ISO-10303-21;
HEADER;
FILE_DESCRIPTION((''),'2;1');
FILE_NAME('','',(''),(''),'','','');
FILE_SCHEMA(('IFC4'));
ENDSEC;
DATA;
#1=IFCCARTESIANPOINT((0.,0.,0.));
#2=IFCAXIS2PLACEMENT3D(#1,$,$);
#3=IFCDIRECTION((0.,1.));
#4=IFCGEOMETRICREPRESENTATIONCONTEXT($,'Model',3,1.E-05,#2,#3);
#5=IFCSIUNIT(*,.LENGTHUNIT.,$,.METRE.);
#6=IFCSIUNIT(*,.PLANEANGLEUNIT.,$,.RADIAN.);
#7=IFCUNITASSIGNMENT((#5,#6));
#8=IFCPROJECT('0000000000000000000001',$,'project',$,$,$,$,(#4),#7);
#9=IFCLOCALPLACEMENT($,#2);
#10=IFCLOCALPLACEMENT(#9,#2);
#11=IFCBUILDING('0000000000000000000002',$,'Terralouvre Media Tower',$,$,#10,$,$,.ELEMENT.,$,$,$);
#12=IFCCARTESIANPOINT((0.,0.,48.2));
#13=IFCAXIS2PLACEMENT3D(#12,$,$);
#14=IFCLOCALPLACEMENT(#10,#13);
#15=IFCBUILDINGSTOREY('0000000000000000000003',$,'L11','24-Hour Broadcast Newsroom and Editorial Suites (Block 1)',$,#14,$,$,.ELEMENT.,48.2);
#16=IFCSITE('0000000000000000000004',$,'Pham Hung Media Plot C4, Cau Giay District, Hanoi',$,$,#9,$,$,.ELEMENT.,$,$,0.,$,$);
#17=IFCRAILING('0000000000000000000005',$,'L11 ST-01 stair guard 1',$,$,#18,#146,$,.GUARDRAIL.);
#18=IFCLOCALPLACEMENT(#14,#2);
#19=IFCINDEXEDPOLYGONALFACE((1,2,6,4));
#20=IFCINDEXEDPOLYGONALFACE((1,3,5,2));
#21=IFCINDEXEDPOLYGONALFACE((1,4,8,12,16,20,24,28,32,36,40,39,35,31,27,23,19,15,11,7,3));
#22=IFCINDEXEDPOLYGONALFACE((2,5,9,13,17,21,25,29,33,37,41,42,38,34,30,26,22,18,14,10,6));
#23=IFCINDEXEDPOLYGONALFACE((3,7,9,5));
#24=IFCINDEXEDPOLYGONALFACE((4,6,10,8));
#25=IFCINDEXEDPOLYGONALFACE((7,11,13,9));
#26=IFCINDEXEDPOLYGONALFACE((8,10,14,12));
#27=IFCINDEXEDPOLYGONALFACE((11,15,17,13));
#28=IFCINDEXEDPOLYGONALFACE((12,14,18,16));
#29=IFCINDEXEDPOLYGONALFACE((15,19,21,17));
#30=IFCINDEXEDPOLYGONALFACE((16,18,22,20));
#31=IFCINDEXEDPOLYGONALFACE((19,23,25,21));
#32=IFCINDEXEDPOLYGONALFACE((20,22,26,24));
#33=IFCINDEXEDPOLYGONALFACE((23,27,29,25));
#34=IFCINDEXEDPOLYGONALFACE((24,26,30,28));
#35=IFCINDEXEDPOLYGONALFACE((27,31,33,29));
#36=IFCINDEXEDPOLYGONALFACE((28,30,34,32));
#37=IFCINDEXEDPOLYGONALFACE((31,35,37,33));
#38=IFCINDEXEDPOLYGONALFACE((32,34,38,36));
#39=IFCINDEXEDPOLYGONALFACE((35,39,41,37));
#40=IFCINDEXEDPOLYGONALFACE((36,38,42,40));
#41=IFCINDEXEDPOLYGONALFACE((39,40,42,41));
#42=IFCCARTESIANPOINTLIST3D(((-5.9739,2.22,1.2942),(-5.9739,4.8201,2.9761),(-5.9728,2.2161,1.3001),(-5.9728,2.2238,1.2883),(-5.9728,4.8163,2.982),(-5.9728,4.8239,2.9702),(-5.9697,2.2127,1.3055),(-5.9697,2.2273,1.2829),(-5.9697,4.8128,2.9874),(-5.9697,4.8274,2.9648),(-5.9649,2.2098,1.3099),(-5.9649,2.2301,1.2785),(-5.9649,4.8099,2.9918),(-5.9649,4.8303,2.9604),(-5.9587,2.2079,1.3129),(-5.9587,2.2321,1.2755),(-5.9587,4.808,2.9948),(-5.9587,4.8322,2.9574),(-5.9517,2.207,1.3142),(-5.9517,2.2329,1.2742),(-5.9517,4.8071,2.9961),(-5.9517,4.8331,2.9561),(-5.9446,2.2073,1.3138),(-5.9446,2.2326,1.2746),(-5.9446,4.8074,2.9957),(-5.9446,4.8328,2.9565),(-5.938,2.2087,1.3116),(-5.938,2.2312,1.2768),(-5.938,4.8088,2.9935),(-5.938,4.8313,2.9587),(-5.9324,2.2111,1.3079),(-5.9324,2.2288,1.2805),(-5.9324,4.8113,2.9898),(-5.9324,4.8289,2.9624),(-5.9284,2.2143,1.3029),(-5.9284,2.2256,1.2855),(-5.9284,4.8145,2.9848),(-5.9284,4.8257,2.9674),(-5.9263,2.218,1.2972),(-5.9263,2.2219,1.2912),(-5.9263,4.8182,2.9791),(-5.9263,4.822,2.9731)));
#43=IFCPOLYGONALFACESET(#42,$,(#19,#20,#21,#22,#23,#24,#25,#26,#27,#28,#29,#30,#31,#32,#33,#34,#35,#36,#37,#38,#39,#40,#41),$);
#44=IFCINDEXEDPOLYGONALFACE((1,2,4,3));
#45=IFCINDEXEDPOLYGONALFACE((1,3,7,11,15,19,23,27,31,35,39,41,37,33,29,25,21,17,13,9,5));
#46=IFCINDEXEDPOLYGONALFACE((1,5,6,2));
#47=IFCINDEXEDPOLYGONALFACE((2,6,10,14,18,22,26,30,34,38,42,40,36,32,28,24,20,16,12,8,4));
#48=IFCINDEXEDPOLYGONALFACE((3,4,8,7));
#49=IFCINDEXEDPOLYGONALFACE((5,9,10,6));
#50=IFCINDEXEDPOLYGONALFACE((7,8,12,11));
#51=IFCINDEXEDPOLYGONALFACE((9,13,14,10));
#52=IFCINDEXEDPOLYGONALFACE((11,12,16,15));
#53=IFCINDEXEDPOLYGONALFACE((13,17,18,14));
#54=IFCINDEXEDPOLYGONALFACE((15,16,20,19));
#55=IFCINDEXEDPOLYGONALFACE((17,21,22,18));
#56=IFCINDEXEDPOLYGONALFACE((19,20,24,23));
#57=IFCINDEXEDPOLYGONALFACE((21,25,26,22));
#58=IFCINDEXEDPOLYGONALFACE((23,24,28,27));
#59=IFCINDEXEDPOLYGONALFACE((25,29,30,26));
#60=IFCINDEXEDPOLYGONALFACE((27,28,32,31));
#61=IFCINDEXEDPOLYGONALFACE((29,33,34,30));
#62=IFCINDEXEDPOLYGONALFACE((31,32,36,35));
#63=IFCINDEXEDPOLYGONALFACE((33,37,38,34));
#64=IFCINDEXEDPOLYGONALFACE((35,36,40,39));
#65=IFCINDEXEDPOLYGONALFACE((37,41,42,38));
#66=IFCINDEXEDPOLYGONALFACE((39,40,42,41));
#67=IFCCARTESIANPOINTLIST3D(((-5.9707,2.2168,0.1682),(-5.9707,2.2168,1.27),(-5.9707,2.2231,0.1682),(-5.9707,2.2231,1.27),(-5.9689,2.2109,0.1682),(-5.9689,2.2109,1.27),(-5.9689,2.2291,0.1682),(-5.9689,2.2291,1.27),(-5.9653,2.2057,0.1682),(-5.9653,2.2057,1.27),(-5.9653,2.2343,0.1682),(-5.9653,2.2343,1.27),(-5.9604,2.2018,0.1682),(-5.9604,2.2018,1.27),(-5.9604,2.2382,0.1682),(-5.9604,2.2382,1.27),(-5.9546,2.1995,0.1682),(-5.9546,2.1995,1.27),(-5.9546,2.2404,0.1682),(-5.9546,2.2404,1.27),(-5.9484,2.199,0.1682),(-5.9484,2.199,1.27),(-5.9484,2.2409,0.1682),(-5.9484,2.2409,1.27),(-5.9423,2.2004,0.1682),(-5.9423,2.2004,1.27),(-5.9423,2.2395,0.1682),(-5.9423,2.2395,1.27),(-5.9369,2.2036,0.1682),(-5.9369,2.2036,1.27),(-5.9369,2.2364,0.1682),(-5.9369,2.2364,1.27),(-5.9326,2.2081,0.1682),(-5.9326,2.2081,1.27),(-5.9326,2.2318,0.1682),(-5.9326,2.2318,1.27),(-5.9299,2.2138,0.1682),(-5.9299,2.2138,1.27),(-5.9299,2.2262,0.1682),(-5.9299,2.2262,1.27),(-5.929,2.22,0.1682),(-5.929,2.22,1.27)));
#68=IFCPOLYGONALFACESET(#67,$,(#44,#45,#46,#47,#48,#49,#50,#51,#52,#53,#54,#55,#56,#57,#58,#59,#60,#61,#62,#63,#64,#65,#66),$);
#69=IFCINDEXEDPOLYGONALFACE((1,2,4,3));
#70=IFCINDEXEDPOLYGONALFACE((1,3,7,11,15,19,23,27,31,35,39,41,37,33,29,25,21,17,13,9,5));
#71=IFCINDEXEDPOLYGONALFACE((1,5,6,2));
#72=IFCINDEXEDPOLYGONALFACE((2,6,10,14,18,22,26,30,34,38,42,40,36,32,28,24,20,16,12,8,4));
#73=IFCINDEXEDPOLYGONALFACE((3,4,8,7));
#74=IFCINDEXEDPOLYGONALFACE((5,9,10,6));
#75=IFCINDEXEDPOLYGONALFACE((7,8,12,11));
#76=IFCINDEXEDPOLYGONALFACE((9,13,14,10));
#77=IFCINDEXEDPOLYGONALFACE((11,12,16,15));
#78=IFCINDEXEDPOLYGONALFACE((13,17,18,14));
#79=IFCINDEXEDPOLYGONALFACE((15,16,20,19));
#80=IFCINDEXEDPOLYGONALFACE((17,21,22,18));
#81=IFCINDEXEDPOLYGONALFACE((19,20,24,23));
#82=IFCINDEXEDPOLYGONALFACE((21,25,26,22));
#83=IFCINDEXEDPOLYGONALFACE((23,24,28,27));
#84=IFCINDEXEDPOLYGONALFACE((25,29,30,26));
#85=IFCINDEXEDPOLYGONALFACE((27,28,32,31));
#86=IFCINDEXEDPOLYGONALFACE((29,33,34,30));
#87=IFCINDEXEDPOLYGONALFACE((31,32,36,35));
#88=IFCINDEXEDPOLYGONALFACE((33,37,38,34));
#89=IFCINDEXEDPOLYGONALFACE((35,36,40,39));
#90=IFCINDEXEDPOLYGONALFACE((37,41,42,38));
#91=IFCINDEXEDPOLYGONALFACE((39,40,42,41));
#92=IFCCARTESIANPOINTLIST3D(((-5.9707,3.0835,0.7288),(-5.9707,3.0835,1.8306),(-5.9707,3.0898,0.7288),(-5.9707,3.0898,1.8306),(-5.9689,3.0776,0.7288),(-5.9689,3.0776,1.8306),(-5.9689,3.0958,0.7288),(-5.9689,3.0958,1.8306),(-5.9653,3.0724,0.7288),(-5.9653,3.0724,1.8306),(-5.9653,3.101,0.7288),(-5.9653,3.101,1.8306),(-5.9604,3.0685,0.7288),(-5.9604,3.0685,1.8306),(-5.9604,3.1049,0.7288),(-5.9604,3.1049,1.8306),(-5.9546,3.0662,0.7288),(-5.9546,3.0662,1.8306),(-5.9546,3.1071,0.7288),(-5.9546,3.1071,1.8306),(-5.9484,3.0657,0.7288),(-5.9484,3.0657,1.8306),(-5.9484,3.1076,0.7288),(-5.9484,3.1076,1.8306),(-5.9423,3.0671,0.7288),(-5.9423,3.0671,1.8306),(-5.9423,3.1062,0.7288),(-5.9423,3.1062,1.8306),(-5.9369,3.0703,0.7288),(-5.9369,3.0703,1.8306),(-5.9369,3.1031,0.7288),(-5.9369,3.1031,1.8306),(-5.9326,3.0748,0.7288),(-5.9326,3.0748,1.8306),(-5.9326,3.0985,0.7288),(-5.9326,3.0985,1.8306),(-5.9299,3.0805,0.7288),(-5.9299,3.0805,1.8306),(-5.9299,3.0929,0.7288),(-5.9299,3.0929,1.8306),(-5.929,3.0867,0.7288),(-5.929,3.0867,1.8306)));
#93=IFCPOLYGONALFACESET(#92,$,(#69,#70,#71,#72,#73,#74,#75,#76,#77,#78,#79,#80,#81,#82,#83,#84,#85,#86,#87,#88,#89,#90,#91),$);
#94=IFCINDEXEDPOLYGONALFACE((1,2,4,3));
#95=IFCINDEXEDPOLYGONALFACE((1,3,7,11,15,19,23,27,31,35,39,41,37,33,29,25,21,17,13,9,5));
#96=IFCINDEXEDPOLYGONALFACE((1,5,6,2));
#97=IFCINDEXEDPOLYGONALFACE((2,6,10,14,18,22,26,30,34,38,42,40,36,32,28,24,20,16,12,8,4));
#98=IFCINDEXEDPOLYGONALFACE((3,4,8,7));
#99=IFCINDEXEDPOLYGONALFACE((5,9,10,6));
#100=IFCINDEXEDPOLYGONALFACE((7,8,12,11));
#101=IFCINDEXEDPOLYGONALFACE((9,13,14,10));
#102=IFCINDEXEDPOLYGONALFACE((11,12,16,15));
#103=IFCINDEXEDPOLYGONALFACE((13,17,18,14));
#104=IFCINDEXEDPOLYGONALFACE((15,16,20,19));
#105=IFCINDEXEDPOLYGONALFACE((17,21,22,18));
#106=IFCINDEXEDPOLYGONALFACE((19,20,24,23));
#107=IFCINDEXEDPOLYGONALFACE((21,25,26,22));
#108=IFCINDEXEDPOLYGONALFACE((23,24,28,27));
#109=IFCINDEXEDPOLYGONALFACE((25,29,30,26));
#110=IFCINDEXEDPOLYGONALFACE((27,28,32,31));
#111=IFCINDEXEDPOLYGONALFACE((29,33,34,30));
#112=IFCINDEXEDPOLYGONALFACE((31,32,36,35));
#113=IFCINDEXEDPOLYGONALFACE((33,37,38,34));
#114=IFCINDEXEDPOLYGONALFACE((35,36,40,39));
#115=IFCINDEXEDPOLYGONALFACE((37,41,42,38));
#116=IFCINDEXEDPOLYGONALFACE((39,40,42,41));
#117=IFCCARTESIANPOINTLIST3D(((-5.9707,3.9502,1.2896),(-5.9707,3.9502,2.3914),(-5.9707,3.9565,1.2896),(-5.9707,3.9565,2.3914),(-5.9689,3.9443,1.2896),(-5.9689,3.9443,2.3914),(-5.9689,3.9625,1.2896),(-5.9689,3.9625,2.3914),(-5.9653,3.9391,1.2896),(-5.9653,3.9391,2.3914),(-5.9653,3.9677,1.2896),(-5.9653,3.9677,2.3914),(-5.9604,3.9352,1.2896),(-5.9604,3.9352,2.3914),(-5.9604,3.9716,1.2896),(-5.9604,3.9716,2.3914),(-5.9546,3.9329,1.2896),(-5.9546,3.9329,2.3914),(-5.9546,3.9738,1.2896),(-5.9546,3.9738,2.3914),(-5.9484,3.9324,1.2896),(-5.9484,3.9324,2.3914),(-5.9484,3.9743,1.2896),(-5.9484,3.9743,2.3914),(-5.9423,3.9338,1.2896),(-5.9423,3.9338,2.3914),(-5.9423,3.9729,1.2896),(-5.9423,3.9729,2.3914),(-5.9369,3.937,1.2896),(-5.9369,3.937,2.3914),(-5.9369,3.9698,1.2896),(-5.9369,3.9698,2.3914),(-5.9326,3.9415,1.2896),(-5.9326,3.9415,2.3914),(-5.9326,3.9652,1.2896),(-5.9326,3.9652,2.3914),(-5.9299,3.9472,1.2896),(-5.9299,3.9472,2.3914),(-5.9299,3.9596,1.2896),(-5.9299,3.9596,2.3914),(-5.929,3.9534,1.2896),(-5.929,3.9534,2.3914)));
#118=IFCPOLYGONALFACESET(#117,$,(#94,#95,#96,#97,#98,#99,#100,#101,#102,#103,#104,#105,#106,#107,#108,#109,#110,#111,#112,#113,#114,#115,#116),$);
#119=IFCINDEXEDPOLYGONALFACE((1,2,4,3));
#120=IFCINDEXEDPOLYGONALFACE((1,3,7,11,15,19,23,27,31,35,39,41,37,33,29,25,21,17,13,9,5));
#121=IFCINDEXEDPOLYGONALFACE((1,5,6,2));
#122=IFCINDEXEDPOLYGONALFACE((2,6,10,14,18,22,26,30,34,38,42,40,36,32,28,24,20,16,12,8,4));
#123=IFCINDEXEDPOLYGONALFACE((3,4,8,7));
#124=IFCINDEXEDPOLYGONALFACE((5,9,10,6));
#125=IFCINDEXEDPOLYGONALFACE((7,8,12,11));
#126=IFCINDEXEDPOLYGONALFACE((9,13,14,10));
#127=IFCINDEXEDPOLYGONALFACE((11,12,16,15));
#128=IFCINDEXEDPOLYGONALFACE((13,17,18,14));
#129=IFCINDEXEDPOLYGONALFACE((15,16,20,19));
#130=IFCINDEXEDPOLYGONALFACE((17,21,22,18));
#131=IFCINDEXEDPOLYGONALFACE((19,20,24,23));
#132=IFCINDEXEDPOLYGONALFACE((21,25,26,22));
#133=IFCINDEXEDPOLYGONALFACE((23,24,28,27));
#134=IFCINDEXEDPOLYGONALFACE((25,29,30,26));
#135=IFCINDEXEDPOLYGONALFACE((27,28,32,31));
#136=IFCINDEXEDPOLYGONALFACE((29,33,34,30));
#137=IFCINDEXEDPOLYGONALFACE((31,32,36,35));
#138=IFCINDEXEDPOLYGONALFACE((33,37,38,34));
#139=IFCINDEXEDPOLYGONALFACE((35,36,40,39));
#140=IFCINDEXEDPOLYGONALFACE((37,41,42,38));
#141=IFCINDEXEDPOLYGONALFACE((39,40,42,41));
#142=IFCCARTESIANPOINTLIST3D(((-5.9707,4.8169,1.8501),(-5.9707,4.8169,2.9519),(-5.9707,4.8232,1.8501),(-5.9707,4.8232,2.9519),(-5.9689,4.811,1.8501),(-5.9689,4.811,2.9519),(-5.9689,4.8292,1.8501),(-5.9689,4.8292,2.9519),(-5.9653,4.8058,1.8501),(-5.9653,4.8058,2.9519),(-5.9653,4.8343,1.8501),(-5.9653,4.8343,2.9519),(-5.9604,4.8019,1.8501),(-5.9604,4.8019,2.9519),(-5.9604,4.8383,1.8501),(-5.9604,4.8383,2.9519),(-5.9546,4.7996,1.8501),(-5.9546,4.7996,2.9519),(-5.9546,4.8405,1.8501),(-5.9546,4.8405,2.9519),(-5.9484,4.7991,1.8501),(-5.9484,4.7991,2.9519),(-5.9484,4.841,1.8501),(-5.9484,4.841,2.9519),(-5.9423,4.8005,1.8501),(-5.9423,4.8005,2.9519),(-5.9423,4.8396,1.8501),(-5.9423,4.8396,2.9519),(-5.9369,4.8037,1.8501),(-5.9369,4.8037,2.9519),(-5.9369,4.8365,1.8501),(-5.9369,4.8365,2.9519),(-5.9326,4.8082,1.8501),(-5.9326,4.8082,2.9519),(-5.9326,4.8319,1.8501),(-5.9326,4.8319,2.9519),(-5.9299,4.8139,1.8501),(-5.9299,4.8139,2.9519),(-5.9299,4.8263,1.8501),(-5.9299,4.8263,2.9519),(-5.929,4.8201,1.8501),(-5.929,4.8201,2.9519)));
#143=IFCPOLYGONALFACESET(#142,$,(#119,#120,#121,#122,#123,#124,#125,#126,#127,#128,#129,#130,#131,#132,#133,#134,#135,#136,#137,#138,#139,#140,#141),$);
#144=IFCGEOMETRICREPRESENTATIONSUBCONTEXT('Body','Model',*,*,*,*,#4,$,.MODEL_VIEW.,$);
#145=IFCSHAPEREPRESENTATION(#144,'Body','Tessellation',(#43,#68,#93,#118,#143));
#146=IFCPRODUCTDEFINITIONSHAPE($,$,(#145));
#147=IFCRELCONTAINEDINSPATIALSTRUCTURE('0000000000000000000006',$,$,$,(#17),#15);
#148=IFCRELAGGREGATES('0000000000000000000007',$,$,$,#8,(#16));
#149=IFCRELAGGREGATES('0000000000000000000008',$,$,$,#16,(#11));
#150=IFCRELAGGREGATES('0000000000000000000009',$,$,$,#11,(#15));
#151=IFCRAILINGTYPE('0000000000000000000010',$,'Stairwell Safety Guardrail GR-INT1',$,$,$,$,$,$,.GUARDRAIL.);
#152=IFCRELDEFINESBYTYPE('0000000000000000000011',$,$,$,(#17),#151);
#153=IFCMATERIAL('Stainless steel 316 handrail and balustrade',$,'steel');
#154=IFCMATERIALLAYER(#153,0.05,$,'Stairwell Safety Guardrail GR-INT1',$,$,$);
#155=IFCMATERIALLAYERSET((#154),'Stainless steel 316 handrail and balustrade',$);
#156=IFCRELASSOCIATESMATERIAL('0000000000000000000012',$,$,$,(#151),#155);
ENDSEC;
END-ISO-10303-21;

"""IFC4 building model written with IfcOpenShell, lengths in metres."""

from ifc_helpers import new_model, si_unit, direction, frame, origin, origin_2d, place, context, subcontext, project, spatial, circle, extrude, material, layer, layer_set, type_object, element, save


model = new_model("IFC4")

# Units and contexts
model_context = context("Model", 3, precision=1e-05, world=origin(), true_north=direction((0.0, 1.0)))
body_context = subcontext(model_context, "Body", "Model", "MODEL_VIEW")
ifc_project = project(units=[si_unit("LENGTHUNIT", "METRE"), si_unit("PLANEANGLEUNIT", "RADIAN")], contexts=[model_context])

# Site, building, storey
site_placement = place(None, origin())
site = spatial("IfcSite", under=ifc_project, at=site_placement, Name="Pham Hung Media Plot C4, Cau Giay District, Hanoi", CompositionType="ELEMENT", RefElevation=0.0)
building_placement = place(site_placement, origin())
building = spatial("IfcBuilding", under=site, at=building_placement, Name="Terralouvre Media Tower", CompositionType="ELEMENT")
storey_placement = place(building_placement, frame((0.0, 0.0, 48.2)))
storey = spatial("IfcBuildingStorey", under=building, at=storey_placement, Name="L11", Description="24-Hour Broadcast Newsroom and Editorial Suites (Block 1)", CompositionType="ELEMENT", Elevation=48.2)

# Railing
ifc_material_1 = material(Name="Stainless steel 316 handrail and balustrade", Category="steel")
ifc_layer_1 = layer(ifc_material_1, 0.05, Name="Stairwell Safety Guardrail GR-INT1")
ifc_layer_set_1 = layer_set([ifc_layer_1], Name="Stainless steel 316 handrail and balustrade")
railing_type_1 = type_object("IfcRailingType", Name="Stairwell Safety Guardrail GR-INT1", PredefinedType="GUARDRAIL", material=ifc_layer_set_1)
railing_1_placement = place(storey_placement, frame((-5.95, 2.22, 0.1682)))
element("IfcRailing", 1, at=railing_1_placement, inside=storey, type_object=railing_type_1, Name="L11 ST-01 stair guard 1", PredefinedType="GUARDRAIL", context=body_context, shape_type="SweptSolid", body=[
    extrude(circle(Radius=0.0239, at=origin_2d()), frame((0.0, 0.0, 1.126), z_axis=(0.0, 0.839648, 0.54313), x_axis=(-1.0, 0.0, 0.0)), (0.0, 0.0, 1.0), 3.0967),
    extrude(circle(Radius=0.021, at=origin_2d()), origin(), (0.0, 0.0, 1.0), 1.1018),
    extrude(circle(Radius=0.021, at=origin_2d()), frame((0.0, 0.8667, 0.5605)), (0.0, 0.0, 1.0), 1.1018),
    extrude(circle(Radius=0.021, at=origin_2d()), frame((0.0, 1.7334, 1.1213)), (0.0, 0.0, 1.0), 1.1018),
    extrude(circle(Radius=0.021, at=origin_2d()), frame((0.0, 2.6001, 1.6819)), (0.0, 0.0, 1.0), 1.1018),
])

save(model, "model.ifc")
